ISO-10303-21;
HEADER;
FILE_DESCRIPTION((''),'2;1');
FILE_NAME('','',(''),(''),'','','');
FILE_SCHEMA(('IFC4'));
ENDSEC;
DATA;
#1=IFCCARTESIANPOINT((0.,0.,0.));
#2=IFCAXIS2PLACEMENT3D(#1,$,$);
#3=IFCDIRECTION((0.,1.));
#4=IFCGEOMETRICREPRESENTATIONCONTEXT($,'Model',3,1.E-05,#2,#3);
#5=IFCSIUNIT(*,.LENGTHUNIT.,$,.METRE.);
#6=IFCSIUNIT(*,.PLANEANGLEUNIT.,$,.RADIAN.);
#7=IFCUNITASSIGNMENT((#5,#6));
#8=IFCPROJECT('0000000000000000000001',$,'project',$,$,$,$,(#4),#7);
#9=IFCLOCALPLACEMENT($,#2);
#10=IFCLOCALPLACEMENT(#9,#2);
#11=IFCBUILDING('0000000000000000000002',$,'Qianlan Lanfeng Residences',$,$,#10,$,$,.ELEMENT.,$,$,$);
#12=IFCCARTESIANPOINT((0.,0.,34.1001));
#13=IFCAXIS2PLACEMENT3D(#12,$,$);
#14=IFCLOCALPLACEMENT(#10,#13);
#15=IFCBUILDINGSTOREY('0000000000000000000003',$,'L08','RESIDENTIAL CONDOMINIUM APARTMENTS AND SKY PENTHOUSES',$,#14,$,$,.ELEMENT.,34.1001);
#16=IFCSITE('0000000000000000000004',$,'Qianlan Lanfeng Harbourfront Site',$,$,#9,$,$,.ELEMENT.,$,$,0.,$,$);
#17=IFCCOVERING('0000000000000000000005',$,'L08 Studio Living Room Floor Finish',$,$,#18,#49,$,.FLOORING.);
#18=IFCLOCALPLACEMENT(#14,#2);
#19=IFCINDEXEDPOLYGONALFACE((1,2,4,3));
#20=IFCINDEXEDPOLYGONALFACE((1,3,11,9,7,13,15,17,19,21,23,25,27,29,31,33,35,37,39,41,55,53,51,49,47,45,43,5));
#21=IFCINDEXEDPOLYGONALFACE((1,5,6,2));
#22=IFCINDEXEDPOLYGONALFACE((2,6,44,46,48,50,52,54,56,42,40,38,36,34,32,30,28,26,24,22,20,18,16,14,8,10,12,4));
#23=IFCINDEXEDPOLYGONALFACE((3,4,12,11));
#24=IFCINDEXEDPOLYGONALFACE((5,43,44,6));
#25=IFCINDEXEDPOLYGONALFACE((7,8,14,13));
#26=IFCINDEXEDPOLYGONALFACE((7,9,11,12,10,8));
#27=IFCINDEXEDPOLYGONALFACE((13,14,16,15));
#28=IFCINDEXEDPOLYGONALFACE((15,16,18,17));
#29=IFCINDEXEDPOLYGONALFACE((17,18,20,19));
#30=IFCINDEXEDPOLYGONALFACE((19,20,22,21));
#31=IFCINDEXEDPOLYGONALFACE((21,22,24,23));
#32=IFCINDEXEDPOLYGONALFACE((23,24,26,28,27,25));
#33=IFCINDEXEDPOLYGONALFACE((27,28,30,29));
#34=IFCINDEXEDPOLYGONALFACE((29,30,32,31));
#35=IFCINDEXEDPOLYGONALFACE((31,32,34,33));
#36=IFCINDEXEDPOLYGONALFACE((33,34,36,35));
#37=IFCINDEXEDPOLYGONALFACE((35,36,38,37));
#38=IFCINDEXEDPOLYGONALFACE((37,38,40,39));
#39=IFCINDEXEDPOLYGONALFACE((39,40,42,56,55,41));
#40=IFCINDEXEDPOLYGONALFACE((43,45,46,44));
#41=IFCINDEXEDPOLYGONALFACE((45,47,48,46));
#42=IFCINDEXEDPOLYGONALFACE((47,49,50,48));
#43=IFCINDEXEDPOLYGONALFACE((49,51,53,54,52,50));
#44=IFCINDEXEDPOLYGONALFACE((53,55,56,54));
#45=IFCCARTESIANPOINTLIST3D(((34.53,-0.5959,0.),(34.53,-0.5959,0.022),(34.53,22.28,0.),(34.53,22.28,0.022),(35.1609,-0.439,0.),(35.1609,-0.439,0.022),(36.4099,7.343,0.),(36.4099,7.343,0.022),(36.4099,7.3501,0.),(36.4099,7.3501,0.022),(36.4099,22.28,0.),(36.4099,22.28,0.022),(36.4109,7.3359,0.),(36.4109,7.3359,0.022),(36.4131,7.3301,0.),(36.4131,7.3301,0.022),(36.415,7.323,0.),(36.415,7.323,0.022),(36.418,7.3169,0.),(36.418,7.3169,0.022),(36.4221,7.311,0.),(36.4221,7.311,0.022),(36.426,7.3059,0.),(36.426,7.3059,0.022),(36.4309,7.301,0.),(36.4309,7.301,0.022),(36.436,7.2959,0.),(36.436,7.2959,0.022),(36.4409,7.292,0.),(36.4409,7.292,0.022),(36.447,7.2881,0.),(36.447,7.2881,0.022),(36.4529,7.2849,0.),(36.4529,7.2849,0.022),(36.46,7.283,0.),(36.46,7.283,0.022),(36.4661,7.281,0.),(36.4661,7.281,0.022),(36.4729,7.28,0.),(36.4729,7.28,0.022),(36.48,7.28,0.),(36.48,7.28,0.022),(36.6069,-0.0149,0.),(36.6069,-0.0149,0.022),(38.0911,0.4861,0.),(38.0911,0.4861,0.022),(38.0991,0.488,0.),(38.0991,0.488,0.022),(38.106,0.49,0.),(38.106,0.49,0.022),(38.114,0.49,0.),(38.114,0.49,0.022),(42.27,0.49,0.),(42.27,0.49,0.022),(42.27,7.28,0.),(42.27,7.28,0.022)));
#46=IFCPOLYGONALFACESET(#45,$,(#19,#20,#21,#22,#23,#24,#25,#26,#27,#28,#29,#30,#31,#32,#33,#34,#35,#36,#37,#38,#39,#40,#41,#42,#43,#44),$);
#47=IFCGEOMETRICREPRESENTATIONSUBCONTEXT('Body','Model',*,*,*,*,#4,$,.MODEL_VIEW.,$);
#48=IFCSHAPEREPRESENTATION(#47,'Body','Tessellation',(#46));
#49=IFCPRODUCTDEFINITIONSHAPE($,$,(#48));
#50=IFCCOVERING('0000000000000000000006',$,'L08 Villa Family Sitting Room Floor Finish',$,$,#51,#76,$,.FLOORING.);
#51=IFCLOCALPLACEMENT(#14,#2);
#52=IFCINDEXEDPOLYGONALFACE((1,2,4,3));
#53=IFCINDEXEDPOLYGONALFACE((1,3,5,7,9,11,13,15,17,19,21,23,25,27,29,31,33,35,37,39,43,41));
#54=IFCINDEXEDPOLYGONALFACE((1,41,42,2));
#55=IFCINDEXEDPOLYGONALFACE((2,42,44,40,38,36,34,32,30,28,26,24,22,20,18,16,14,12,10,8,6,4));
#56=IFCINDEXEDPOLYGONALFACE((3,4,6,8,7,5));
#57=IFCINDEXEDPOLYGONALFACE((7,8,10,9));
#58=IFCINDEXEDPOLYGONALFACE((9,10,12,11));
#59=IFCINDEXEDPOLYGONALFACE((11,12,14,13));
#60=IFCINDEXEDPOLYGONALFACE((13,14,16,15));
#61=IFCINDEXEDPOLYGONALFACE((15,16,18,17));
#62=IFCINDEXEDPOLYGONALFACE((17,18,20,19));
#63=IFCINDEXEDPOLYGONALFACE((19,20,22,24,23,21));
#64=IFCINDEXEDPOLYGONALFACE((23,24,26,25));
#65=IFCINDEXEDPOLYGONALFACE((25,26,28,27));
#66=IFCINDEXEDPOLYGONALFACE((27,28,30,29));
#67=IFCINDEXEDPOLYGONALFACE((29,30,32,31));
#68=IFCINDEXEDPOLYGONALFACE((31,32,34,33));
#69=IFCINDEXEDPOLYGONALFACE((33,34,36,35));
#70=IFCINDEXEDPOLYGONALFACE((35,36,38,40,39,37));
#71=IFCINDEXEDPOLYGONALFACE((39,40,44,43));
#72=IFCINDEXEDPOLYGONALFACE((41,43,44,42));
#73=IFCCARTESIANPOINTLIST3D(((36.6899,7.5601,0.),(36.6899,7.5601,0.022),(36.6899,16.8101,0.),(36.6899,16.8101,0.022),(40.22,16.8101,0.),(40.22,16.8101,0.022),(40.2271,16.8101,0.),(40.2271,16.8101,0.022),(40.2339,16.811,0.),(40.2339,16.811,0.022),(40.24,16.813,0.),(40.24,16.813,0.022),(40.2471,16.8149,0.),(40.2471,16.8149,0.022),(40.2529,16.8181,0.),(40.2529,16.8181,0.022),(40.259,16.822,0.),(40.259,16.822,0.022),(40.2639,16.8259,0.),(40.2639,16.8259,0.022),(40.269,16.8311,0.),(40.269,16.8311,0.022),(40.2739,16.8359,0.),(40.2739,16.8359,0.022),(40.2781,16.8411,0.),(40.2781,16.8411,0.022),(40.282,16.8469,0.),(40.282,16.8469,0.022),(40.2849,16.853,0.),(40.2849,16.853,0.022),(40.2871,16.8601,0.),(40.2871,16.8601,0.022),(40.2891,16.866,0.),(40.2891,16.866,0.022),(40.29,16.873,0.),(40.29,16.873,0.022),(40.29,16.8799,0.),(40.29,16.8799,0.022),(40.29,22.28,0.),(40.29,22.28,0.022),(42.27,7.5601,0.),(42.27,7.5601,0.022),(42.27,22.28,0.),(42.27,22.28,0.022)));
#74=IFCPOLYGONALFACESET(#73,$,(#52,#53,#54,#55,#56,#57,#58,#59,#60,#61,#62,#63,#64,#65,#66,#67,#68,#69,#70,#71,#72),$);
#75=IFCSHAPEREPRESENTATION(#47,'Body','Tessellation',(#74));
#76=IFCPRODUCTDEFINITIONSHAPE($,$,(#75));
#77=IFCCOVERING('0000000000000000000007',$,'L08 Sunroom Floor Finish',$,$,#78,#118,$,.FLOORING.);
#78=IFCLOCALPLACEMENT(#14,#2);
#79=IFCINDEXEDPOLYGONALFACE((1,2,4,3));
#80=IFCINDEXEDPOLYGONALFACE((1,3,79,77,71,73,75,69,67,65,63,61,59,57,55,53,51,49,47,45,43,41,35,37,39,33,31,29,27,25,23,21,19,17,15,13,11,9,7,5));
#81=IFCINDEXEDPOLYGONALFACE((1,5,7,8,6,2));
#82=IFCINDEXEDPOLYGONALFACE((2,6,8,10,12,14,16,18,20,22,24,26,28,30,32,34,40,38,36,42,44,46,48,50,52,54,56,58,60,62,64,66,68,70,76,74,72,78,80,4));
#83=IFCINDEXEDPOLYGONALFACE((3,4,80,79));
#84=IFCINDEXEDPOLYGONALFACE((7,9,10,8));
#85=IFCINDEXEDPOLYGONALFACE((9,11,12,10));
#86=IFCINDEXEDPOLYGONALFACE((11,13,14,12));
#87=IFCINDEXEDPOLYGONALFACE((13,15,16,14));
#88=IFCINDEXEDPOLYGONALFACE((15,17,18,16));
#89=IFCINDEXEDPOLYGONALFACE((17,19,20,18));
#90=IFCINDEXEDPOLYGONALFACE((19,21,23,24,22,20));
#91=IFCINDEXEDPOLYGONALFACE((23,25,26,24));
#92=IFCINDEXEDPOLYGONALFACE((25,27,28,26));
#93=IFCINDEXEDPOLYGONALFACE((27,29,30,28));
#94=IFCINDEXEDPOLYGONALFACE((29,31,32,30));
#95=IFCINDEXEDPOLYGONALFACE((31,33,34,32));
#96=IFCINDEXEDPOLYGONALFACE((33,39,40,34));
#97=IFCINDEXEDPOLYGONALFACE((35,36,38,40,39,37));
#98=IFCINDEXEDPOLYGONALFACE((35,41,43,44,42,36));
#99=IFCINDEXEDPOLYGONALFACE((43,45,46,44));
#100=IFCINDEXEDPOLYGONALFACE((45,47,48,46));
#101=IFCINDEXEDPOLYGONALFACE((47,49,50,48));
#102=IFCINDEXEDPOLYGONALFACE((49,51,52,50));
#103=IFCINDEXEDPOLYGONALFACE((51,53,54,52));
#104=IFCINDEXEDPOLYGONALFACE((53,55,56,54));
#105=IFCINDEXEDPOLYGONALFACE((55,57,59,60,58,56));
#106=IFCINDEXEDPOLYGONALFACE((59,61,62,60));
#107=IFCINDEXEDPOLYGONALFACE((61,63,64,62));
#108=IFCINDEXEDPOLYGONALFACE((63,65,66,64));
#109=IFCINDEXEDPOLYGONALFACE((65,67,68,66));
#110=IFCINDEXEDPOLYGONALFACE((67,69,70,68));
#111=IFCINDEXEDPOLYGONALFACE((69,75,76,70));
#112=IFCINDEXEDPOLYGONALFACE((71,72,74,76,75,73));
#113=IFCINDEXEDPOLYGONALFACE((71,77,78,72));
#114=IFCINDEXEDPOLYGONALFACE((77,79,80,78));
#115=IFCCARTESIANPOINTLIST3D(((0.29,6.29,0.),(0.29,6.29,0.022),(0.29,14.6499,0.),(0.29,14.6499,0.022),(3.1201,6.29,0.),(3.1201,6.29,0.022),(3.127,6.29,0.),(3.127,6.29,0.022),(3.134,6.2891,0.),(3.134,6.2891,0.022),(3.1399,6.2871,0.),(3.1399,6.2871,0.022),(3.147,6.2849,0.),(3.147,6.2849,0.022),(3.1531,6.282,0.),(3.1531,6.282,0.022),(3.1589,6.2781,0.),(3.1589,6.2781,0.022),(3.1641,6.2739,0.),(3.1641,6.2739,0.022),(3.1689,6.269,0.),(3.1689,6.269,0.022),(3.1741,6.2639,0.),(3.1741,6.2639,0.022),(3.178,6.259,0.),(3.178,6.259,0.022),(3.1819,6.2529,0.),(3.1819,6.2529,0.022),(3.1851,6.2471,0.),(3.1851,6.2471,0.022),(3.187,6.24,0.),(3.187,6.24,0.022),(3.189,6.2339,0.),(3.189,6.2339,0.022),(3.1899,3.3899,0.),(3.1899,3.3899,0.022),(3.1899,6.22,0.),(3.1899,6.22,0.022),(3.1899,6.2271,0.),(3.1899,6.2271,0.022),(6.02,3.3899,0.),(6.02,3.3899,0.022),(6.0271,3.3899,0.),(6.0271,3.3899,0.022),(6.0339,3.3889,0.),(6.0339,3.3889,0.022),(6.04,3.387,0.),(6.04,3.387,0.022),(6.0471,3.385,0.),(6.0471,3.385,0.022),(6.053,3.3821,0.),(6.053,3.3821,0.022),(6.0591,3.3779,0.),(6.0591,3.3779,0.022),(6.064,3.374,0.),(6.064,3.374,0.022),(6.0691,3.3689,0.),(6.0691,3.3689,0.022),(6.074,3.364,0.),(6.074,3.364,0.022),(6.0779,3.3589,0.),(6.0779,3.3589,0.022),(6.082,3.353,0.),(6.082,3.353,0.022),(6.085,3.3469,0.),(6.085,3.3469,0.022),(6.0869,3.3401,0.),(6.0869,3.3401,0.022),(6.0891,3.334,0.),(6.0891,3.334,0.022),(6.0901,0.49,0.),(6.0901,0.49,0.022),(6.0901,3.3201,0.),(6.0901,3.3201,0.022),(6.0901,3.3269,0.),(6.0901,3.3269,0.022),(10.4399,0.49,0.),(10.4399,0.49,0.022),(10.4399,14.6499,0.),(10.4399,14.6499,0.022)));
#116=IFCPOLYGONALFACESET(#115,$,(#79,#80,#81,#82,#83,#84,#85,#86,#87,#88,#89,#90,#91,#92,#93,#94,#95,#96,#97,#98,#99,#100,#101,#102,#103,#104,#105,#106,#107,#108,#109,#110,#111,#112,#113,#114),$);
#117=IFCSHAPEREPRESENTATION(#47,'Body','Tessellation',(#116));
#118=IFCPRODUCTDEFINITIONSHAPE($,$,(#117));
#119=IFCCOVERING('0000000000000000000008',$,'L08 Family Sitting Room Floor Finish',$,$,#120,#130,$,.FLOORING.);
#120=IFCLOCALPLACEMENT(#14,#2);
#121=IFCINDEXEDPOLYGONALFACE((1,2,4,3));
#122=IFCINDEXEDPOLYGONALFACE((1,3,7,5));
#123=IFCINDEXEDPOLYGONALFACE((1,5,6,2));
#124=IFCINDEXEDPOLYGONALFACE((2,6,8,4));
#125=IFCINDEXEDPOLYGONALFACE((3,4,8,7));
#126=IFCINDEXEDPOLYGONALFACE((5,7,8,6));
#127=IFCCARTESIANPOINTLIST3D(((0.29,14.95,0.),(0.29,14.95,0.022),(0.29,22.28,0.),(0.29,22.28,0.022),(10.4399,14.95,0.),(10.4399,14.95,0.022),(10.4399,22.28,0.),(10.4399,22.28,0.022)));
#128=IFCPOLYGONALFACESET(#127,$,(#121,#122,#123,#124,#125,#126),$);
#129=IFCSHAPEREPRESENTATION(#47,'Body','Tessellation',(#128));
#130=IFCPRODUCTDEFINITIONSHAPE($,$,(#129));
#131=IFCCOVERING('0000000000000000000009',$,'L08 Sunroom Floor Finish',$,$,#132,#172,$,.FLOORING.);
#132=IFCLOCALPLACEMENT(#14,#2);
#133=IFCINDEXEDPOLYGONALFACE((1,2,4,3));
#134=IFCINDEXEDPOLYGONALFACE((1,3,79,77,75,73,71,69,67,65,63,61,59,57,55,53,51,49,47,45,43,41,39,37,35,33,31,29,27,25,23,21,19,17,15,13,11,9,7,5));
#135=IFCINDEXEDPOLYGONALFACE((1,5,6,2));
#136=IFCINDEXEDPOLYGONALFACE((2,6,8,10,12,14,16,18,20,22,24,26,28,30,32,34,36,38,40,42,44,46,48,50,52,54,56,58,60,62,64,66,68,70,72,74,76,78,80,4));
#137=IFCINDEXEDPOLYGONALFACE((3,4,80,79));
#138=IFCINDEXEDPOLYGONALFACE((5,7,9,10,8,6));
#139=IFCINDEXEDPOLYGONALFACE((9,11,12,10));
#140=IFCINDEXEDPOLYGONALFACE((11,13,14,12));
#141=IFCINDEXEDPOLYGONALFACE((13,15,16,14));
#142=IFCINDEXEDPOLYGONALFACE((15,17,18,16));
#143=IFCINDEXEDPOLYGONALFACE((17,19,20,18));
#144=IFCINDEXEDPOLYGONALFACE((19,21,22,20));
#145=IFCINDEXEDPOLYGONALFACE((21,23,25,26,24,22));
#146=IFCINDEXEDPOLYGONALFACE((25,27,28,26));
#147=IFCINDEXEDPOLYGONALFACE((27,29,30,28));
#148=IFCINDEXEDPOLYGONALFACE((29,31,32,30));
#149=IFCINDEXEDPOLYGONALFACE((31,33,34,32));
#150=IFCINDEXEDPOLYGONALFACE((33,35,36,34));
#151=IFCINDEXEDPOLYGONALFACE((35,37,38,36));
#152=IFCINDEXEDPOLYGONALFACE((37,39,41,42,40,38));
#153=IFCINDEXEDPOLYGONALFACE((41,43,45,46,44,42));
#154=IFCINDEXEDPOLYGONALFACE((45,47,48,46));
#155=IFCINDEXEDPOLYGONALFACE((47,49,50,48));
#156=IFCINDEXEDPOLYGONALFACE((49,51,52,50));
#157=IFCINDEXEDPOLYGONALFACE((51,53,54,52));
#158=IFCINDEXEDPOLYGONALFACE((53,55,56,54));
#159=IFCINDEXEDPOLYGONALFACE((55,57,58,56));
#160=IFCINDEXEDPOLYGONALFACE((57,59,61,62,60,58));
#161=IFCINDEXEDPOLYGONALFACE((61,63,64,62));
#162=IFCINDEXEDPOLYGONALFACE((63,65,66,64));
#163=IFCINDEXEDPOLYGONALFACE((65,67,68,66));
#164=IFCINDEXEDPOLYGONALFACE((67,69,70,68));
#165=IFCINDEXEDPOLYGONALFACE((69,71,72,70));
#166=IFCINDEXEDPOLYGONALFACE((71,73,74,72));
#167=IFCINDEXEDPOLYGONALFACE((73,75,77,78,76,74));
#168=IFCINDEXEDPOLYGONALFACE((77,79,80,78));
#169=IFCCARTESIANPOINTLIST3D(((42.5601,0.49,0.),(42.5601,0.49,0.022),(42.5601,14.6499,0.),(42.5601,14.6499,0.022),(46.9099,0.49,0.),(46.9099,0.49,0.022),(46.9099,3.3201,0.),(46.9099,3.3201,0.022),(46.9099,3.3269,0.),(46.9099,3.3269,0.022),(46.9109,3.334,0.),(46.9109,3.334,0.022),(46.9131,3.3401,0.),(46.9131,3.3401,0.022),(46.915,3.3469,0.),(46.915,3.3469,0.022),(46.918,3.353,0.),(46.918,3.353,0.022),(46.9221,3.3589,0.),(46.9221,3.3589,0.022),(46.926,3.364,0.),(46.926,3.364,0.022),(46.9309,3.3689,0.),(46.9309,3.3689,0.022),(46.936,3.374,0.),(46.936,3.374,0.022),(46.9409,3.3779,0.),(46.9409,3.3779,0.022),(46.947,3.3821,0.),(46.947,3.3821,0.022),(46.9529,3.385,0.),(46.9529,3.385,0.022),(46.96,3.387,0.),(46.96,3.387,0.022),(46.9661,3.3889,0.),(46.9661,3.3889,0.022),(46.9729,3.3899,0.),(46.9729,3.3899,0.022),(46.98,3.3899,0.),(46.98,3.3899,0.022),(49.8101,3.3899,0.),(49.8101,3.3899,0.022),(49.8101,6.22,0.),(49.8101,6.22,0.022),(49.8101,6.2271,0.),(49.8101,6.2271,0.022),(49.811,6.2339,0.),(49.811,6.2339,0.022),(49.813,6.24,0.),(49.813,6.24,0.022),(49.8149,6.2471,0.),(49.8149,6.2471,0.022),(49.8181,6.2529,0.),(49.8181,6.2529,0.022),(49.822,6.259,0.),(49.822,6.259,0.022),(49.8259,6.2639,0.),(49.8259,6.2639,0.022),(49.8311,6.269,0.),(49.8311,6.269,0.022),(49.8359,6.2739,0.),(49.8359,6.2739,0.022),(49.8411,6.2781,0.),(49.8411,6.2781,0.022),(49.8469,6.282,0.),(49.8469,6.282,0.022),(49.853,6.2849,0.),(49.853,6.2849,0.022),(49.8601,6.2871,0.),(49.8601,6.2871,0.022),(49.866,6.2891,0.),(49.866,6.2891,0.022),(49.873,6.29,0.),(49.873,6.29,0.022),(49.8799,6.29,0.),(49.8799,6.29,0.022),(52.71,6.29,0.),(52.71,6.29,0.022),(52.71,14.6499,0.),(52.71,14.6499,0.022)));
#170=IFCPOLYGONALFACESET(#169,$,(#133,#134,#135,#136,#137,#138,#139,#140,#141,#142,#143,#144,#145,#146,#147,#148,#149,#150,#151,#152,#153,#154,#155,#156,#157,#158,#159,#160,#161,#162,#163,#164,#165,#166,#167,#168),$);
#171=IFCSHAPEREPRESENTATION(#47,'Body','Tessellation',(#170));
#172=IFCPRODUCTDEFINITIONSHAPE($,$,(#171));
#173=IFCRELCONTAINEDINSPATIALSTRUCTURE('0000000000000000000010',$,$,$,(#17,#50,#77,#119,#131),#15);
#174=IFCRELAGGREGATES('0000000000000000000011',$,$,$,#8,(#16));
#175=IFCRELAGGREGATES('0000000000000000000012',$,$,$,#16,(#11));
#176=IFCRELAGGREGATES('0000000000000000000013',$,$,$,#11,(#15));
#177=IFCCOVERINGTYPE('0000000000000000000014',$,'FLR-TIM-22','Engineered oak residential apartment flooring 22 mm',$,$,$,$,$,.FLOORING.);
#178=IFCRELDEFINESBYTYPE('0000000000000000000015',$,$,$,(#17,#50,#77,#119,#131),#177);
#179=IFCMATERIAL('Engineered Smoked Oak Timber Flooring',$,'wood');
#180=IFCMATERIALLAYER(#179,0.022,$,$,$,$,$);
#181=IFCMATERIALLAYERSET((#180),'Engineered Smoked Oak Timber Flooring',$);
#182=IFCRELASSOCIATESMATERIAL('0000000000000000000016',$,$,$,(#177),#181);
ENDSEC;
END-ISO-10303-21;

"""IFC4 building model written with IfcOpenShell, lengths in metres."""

from ifc_helpers import new_model, si_unit, direction, frame, origin, place, context, subcontext, project, spatial, polyline, outline, extrude, material, layer, layer_set, type_object, element, save


model = new_model("IFC4")

# Units and contexts
model_context = context("Model", 3, precision=1e-05, world=origin(), true_north=direction((0.0, 1.0)))
body_context = subcontext(model_context, "Body", "Model", "MODEL_VIEW")
ifc_project = project(units=[si_unit("LENGTHUNIT", "METRE"), si_unit("PLANEANGLEUNIT", "RADIAN")], contexts=[model_context])

# Site, building, storey
site_placement = place(None, origin())
site = spatial("IfcSite", under=ifc_project, at=site_placement, Name="Qianlan Lanfeng Harbourfront Site", CompositionType="ELEMENT", RefElevation=0.0)
building_placement = place(site_placement, origin())
building = spatial("IfcBuilding", under=site, at=building_placement, Name="Qianlan Lanfeng Residences", CompositionType="ELEMENT")
storey_placement = place(building_placement, frame((0.0, 0.0, 34.1001)))
storey = spatial("IfcBuildingStorey", under=building, at=storey_placement, Name="L08", Description="RESIDENTIAL CONDOMINIUM APARTMENTS AND SKY PENTHOUSES", CompositionType="ELEMENT", Elevation=34.1001)

# Coverings
ifc_material_1 = material(Name="Engineered Smoked Oak Timber Flooring", Category="wood")
ifc_layer_1 = layer(ifc_material_1, 0.022)
ifc_layer_set_1 = layer_set([ifc_layer_1], Name="Engineered Smoked Oak Timber Flooring")
covering_type_1 = type_object("IfcCoveringType", Name="FLR-TIM-22", Description="Engineered oak residential apartment flooring 22 mm", PredefinedType="FLOORING", material=ifc_layer_set_1)
covering_1_placement = place(storey_placement, origin())
element("IfcCovering", 1, at=covering_1_placement, inside=storey, type_object=covering_type_1, Name="L08 Studio Living Room Floor Finish", PredefinedType="FLOORING", context=body_context, shape_type="SweptSolid", body=[
    extrude(outline(polyline([(42.27, 0.49), (42.27, 7.28), (36.48, 7.28), (36.4729, 7.28), (36.4661, 7.281), (36.46, 7.283), (36.4529, 7.2849), (36.447, 7.2881), (36.4409, 7.292), (36.436, 7.2959), (36.4309, 7.301), (36.426, 7.3059), (36.4221, 7.311), (36.418, 7.3169), (36.415, 7.323), (36.4131, 7.3301), (36.4109, 7.3359), (36.4099, 7.343), (36.4099, 7.3501), (36.4099, 22.28), (34.53, 22.28), (34.53, -0.5959), (35.1609, -0.439), (36.6069, -0.0149), (38.0911, 0.4861), (38.0991, 0.488), (38.106, 0.49), (38.114, 0.49), (42.27, 0.49)])), origin(), (0.0, 0.0, 1.0), 0.022),
])
covering_2_placement = place(storey_placement, origin())
element("IfcCovering", 2, at=covering_2_placement, inside=storey, type_object=covering_type_1, Name="L08 Villa Family Sitting Room Floor Finish", PredefinedType="FLOORING", context=body_context, shape_type="SweptSolid", body=[
    extrude(outline(polyline([(36.6899, 7.5601), (42.27, 7.5601), (42.27, 22.28), (40.29, 22.28), (40.29, 16.8799), (40.29, 16.873), (40.2891, 16.866), (40.2871, 16.8601), (40.2849, 16.853), (40.282, 16.8469), (40.2781, 16.8411), (40.2739, 16.8359), (40.269, 16.8311), (40.2639, 16.8259), (40.259, 16.822), (40.2529, 16.8181), (40.2471, 16.8149), (40.24, 16.813), (40.2339, 16.811), (40.2271, 16.8101), (40.22, 16.8101), (36.6899, 16.8101), (36.6899, 7.5601)])), origin(), (0.0, 0.0, 1.0), 0.022),
])
covering_3_placement = place(storey_placement, origin())
element("IfcCovering", 3, at=covering_3_placement, inside=storey, type_object=covering_type_1, Name="L08 Sunroom Floor Finish", PredefinedType="FLOORING", context=body_context, shape_type="SweptSolid", body=[
    extrude(outline(polyline([(10.4399, 14.6499), (0.29, 14.6499), (0.29, 6.29), (3.1201, 6.29), (3.127, 6.29), (3.134, 6.2891), (3.1399, 6.2871), (3.147, 6.2849), (3.1531, 6.282), (3.1589, 6.2781), (3.1641, 6.2739), (3.1689, 6.269), (3.1741, 6.2639), (3.178, 6.259), (3.1819, 6.2529), (3.1851, 6.2471), (3.187, 6.24), (3.189, 6.2339), (3.1899, 6.2271), (3.1899, 6.22), (3.1899, 3.3899), (6.02, 3.3899), (6.0271, 3.3899), (6.0339, 3.3889), (6.04, 3.387), (6.0471, 3.385), (6.053, 3.3821), (6.0591, 3.3779), (6.064, 3.374), (6.0691, 3.3689), (6.074, 3.364), (6.0779, 3.3589), (6.082, 3.353), (6.085, 3.3469), (6.0869, 3.3401), (6.0891, 3.334), (6.0901, 3.3269), (6.0901, 3.3201), (6.0901, 0.49), (10.4399, 0.49), (10.4399, 14.6499)])), origin(), (0.0, 0.0, 1.0), 0.022),
])
covering_4_placement = place(storey_placement, origin())
element("IfcCovering", 4, at=covering_4_placement, inside=storey, type_object=covering_type_1, Name="L08 Family Sitting Room Floor Finish", PredefinedType="FLOORING", context=body_context, shape_type="SweptSolid", body=[
    extrude(outline(polyline([(10.4399, 22.28), (0.29, 22.28), (0.29, 14.95), (10.4399, 14.95), (10.4399, 22.28)])), origin(), (0.0, 0.0, 1.0), 0.022),
])
covering_5_placement = place(storey_placement, origin())
element("IfcCovering", 5, at=covering_5_placement, inside=storey, type_object=covering_type_1, Name="L08 Sunroom Floor Finish", PredefinedType="FLOORING", context=body_context, shape_type="SweptSolid", body=[
    extrude(outline(polyline([(52.71, 14.6499), (42.5601, 14.6499), (42.5601, 0.49), (46.9099, 0.49), (46.9099, 3.3201), (46.9099, 3.3269), (46.9109, 3.334), (46.9131, 3.3401), (46.915, 3.3469), (46.918, 3.353), (46.9221, 3.3589), (46.926, 3.364), (46.9309, 3.3689), (46.936, 3.374), (46.9409, 3.3779), (46.947, 3.3821), (46.9529, 3.385), (46.96, 3.387), (46.9661, 3.3889), (46.9729, 3.3899), (46.98, 3.3899), (49.8101, 3.3899), (49.8101, 6.22), (49.8101, 6.2271), (49.811, 6.2339), (49.813, 6.24), (49.8149, 6.2471), (49.8181, 6.2529), (49.822, 6.259), (49.8259, 6.2639), (49.8311, 6.269), (49.8359, 6.2739), (49.8411, 6.2781), (49.8469, 6.282), (49.853, 6.2849), (49.8601, 6.2871), (49.866, 6.2891), (49.873, 6.29), (49.8799, 6.29), (52.71, 6.29), (52.71, 14.6499)])), origin(), (0.0, 0.0, 1.0), 0.022),
])

save(model, "model.ifc")
